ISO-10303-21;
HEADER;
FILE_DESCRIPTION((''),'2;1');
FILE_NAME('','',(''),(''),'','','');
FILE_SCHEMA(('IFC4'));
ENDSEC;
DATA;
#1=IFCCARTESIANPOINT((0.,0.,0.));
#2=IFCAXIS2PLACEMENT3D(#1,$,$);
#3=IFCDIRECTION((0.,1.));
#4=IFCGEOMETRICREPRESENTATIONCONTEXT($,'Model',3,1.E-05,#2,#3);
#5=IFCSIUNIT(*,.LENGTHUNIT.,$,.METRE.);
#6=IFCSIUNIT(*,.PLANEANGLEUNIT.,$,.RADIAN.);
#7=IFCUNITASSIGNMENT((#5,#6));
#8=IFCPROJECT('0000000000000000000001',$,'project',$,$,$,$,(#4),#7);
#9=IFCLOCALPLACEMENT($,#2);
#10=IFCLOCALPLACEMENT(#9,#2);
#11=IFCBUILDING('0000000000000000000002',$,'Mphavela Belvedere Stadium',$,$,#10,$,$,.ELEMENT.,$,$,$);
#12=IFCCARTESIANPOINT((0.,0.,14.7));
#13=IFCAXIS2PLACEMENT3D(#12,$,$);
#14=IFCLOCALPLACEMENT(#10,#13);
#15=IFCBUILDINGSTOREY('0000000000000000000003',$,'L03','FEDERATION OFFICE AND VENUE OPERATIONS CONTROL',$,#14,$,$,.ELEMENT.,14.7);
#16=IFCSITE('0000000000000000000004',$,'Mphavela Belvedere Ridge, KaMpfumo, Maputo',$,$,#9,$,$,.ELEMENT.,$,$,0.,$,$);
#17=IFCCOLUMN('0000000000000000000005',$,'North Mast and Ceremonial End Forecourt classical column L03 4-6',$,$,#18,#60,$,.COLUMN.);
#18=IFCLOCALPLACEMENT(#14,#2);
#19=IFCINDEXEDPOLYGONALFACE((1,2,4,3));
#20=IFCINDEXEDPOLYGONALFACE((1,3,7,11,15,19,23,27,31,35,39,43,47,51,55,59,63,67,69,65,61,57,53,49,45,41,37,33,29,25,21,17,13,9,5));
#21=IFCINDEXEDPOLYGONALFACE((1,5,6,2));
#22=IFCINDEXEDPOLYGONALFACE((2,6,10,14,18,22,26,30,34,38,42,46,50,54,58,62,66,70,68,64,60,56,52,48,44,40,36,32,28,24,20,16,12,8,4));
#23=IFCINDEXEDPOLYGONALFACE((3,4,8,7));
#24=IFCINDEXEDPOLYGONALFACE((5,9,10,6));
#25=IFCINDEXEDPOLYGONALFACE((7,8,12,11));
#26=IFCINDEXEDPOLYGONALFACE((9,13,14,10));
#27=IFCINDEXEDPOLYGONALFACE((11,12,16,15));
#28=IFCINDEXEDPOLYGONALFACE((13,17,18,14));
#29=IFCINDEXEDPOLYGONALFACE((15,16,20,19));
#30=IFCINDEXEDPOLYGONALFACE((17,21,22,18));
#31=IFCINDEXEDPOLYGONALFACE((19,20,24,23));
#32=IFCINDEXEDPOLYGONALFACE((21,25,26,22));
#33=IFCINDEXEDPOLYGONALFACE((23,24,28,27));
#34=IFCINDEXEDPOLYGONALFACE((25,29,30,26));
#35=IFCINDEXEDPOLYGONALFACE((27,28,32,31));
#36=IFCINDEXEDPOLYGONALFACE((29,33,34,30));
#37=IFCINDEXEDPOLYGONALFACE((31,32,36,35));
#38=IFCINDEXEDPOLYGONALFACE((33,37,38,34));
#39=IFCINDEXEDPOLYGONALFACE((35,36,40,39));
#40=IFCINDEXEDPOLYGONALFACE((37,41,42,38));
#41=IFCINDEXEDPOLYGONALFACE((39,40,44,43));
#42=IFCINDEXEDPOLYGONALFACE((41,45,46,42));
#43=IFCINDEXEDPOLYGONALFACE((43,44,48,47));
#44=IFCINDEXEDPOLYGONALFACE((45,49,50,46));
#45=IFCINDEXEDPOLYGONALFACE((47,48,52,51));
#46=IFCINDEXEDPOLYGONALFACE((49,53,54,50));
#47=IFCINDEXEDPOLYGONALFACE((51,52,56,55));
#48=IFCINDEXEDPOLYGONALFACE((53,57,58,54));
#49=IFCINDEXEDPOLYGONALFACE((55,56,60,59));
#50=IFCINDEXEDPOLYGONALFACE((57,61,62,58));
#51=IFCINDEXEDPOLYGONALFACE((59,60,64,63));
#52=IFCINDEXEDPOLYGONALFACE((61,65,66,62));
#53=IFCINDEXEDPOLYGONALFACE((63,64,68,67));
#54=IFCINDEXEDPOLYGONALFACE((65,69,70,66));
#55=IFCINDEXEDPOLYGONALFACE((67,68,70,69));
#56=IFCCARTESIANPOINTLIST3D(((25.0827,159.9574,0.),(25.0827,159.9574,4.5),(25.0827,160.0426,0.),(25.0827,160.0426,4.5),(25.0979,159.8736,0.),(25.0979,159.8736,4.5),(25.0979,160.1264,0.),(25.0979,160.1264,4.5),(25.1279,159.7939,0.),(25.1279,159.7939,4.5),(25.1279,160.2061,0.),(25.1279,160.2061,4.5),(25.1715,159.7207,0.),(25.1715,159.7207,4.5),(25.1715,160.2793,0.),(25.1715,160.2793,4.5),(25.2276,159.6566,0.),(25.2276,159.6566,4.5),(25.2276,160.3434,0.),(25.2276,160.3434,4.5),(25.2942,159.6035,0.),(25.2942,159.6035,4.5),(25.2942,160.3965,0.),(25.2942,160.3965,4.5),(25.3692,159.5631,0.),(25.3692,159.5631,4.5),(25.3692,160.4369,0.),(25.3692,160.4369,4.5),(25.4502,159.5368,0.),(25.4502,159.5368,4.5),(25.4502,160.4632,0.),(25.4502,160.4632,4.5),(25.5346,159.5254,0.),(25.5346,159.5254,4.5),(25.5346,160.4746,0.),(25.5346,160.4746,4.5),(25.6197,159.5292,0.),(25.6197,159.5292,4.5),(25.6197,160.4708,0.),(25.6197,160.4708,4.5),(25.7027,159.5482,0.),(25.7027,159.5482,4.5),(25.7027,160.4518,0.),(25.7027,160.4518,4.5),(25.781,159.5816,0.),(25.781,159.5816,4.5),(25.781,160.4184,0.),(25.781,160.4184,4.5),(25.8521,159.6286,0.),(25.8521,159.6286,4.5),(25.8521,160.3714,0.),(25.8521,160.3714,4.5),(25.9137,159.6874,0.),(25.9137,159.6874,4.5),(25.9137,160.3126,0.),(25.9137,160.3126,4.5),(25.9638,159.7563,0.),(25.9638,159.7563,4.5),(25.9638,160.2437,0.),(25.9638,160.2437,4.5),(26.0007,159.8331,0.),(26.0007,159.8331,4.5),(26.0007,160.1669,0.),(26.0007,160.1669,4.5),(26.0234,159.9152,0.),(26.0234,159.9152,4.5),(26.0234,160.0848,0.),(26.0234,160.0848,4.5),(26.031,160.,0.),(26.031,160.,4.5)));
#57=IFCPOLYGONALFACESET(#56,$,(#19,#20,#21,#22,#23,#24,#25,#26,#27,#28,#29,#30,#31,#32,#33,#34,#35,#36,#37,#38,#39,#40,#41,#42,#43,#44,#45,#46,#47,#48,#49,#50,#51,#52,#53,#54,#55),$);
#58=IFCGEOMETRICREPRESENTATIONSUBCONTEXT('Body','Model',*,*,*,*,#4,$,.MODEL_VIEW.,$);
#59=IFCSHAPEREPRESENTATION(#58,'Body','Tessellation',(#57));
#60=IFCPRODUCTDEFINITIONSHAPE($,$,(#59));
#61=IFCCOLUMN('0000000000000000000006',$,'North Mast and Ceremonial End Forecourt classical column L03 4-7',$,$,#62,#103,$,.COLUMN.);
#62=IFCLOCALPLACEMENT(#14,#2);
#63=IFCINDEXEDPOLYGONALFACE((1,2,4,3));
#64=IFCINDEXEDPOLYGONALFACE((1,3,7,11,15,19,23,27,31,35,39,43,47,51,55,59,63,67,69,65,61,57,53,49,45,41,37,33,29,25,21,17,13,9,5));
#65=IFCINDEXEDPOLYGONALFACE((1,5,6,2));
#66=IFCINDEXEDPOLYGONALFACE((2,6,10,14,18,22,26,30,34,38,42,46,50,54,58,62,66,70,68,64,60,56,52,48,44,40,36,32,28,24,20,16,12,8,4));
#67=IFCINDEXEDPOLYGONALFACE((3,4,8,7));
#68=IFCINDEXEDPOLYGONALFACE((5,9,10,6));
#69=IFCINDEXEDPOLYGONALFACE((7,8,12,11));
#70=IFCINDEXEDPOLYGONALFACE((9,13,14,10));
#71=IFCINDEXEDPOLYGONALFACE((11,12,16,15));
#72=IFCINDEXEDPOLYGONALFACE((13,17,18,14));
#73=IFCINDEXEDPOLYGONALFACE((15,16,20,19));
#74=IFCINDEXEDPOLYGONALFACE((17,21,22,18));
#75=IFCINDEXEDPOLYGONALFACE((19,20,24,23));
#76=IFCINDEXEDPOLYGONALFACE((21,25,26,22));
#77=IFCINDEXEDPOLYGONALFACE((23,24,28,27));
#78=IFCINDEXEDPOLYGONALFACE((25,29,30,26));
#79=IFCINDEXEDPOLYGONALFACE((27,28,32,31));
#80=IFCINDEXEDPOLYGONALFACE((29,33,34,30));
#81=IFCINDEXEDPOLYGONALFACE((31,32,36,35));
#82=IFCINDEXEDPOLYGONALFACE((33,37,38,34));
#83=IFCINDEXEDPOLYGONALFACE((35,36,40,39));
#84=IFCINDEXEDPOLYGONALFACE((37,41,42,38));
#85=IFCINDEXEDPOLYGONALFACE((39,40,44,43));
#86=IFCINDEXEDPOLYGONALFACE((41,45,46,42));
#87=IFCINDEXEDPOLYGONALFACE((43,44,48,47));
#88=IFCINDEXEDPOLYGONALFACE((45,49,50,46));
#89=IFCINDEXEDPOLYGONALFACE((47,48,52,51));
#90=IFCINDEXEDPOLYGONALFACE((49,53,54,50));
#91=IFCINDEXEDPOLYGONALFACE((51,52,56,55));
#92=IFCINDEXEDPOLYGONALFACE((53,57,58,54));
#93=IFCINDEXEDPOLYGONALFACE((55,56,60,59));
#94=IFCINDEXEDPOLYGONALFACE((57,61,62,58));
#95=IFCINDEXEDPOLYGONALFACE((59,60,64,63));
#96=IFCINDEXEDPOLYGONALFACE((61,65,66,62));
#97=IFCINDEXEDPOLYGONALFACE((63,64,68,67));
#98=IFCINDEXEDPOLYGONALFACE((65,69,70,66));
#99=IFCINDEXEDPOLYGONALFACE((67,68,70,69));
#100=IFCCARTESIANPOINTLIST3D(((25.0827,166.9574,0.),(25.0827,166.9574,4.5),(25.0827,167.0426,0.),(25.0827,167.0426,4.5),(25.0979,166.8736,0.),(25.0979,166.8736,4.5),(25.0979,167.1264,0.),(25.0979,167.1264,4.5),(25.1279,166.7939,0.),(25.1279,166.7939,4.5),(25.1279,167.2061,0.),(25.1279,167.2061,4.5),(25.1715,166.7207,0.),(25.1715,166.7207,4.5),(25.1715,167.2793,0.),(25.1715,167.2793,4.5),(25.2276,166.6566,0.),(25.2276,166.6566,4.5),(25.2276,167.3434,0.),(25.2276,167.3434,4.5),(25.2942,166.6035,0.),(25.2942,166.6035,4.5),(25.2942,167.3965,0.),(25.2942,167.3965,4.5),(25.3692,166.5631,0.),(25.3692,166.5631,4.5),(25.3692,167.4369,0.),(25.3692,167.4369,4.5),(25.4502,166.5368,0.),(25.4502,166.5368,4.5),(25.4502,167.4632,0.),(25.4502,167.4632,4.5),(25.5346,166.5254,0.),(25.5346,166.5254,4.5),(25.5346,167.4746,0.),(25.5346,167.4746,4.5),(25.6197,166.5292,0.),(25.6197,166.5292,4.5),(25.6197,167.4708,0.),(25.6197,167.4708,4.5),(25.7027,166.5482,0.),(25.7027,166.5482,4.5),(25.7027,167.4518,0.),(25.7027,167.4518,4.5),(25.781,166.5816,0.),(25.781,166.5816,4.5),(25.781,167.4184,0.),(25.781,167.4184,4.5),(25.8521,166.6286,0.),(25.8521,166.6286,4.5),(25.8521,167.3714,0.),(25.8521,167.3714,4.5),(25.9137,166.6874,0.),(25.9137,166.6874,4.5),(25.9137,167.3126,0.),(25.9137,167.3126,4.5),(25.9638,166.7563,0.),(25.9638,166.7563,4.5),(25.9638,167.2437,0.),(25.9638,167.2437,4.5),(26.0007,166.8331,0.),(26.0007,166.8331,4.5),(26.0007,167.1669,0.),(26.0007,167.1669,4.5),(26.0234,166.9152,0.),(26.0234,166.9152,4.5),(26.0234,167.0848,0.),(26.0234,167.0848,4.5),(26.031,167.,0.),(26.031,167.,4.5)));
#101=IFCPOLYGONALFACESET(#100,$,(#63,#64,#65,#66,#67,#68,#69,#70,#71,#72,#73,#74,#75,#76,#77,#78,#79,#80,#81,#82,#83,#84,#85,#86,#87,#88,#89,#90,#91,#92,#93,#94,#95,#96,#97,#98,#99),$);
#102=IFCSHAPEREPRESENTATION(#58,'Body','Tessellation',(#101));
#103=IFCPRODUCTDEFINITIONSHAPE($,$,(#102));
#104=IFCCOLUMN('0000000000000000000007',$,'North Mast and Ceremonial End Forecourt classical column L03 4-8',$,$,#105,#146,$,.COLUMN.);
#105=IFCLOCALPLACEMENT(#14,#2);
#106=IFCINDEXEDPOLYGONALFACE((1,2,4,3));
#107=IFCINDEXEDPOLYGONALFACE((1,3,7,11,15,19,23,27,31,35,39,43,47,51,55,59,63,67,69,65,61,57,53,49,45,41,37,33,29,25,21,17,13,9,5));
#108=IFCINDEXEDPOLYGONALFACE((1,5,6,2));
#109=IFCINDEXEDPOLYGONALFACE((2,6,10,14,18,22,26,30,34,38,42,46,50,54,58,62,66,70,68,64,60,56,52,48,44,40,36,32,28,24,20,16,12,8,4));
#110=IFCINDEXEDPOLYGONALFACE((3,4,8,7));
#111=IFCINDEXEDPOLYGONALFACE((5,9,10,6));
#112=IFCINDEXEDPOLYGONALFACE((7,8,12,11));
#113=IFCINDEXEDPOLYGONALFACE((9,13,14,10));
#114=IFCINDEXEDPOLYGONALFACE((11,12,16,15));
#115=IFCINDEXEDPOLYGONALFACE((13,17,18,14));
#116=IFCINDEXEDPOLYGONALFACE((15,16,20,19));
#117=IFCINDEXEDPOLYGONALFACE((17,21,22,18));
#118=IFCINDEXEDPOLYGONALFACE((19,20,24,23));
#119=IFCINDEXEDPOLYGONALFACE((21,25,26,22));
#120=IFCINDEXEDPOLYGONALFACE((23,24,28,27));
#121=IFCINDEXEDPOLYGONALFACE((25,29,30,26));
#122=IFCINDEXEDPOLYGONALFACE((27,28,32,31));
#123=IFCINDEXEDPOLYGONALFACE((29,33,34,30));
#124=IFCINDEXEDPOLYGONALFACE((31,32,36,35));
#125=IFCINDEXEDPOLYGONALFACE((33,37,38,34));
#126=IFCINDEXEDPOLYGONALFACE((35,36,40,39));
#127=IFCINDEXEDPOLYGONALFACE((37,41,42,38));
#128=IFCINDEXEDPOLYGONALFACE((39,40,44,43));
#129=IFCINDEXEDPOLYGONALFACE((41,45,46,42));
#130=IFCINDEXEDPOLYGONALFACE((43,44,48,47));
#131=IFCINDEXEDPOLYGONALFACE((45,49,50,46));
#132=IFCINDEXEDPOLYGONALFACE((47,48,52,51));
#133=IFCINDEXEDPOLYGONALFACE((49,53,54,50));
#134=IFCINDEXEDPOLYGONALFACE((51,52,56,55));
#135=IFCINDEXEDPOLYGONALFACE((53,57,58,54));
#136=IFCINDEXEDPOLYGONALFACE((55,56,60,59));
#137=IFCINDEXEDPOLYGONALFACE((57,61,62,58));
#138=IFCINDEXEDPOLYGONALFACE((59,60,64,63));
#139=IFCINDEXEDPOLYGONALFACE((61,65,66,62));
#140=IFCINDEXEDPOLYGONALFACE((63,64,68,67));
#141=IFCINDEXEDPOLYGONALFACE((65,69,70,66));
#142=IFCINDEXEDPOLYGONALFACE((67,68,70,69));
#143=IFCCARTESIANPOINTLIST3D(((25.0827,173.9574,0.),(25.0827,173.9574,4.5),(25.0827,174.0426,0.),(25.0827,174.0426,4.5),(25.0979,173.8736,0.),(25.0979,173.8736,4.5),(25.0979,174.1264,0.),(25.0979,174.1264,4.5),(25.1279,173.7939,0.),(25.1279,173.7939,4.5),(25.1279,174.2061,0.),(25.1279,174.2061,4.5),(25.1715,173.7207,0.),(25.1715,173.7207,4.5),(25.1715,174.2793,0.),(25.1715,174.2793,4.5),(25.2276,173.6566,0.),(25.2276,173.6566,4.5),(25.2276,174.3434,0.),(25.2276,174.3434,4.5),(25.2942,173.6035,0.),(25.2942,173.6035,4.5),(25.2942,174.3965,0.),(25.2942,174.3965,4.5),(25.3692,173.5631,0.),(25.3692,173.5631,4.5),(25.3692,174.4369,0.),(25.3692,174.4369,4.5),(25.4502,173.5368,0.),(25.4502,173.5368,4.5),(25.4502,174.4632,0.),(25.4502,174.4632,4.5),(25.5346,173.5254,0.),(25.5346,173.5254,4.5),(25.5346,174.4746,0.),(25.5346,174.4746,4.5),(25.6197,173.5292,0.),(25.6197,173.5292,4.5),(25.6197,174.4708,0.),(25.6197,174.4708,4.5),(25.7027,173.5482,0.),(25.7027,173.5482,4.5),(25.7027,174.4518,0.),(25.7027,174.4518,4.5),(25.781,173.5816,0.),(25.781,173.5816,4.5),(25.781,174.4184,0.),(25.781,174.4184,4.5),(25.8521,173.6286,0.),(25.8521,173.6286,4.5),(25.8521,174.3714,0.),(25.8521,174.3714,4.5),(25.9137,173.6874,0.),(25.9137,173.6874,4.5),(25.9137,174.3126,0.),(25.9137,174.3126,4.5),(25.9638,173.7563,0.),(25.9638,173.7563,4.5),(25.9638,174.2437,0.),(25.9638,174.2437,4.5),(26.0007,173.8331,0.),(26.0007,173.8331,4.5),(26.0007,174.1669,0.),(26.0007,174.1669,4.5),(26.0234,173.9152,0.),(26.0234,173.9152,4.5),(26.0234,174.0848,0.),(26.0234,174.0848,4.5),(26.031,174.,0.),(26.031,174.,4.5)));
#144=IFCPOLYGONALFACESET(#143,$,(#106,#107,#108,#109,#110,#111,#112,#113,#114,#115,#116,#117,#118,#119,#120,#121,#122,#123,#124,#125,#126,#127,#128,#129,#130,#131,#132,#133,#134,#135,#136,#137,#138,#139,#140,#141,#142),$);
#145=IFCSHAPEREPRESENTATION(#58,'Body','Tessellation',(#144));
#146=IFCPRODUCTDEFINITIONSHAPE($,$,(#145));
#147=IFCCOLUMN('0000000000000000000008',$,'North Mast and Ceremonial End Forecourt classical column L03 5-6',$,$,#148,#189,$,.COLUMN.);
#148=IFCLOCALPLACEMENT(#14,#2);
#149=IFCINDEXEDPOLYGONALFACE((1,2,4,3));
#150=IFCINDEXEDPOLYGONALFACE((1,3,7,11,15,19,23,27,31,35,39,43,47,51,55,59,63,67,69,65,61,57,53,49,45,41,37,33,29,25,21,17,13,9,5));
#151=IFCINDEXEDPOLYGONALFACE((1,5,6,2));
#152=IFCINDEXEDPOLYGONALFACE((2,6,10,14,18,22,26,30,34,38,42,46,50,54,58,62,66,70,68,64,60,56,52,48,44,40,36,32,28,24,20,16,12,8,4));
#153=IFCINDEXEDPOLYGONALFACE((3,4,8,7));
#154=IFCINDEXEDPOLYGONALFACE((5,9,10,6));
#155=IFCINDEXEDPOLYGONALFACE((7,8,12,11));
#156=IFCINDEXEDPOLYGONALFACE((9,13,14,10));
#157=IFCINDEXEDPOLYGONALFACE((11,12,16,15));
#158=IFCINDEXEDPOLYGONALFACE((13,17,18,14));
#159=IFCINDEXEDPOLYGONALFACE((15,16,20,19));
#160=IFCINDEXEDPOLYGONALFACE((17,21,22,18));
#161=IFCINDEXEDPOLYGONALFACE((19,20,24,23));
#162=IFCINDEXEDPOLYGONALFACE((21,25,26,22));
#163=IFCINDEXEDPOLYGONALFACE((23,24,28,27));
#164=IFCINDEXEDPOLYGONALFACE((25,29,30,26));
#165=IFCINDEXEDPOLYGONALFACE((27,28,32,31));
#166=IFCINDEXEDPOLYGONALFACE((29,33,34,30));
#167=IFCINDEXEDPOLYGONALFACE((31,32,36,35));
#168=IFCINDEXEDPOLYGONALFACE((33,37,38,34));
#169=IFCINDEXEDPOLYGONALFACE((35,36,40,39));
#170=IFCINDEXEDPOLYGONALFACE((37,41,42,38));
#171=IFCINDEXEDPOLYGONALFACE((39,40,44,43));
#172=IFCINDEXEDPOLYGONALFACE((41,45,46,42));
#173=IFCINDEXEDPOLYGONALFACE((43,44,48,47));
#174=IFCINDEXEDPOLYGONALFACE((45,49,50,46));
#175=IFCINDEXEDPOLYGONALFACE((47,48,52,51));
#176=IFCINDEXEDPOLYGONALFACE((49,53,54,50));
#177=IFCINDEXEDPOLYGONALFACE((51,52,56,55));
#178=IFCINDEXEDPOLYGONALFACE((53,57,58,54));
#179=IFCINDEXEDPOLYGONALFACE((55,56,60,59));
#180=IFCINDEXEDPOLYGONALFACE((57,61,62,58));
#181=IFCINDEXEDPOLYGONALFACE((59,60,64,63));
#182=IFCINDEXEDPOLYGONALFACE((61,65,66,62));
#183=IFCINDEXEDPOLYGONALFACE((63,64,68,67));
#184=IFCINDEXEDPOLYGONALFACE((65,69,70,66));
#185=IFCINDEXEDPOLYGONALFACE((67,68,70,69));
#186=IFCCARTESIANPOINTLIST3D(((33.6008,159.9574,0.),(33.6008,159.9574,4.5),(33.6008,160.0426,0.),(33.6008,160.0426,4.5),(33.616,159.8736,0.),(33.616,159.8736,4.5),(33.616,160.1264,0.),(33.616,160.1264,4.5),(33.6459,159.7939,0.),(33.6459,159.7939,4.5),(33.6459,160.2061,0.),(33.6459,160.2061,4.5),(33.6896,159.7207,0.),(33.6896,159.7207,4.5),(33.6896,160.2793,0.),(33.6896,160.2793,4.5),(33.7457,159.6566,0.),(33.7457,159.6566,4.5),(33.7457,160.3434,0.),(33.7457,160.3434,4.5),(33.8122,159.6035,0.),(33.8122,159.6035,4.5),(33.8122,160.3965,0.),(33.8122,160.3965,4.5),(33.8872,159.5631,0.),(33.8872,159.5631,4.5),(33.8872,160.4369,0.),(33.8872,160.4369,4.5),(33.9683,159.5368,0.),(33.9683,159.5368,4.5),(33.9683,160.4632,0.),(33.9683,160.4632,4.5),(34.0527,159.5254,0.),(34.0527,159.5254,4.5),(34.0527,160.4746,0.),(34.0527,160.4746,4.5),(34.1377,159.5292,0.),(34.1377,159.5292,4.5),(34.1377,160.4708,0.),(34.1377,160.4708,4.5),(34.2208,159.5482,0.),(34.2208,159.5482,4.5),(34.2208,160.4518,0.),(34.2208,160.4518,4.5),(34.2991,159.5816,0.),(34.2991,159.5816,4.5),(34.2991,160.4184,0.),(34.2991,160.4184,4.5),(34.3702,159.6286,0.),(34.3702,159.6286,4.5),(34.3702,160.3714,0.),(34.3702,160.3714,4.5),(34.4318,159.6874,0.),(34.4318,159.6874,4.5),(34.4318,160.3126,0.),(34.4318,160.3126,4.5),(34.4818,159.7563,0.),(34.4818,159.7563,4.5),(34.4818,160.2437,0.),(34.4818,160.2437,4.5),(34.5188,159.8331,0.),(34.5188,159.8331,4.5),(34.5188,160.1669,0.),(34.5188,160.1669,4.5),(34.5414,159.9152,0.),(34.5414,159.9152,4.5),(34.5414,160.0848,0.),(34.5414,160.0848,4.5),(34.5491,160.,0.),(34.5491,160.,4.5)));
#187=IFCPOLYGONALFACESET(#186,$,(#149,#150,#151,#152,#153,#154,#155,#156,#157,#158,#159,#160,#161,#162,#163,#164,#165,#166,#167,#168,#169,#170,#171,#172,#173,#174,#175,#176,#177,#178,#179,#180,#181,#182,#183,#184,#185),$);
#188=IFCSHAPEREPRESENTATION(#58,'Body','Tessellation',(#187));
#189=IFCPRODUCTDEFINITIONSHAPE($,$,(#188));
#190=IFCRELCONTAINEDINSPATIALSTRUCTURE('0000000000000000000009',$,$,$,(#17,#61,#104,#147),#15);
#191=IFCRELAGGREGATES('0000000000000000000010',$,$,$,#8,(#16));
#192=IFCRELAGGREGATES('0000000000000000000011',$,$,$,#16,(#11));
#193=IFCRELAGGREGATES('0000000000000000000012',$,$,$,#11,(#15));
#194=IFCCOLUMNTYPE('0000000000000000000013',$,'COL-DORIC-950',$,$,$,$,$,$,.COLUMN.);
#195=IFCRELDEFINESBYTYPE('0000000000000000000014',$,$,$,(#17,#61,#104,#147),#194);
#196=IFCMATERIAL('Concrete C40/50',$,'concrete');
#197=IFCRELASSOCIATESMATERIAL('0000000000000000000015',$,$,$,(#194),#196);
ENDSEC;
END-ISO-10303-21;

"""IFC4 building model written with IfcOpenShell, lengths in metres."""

from ifc_helpers import new_model, si_unit, direction, frame, origin, origin_2d, place, context, subcontext, project, spatial, circle, extrude, material, material_profile, profile_set, type_object, element, save


model = new_model("IFC4")

# Units and contexts
model_context = context("Model", 3, precision=1e-05, world=origin(), true_north=direction((0.0, 1.0)))
body_context = subcontext(model_context, "Body", "Model", "MODEL_VIEW")
ifc_project = project(units=[si_unit("LENGTHUNIT", "METRE"), si_unit("PLANEANGLEUNIT", "RADIAN")], contexts=[model_context])

# Site, building, storey
site_placement = place(None, origin())
site = spatial("IfcSite", under=ifc_project, at=site_placement, Name="Mphavela Belvedere Ridge, KaMpfumo, Maputo", CompositionType="ELEMENT", RefElevation=0.0)
building_placement = place(site_placement, origin())
building = spatial("IfcBuilding", under=site, at=building_placement, Name="Mphavela Belvedere Stadium", CompositionType="ELEMENT")
storey_placement = place(building_placement, frame((0.0, 0.0, 14.7)))
storey = spatial("IfcBuildingStorey", under=building, at=storey_placement, Name="L03", Description="FEDERATION OFFICE AND VENUE OPERATIONS CONTROL", CompositionType="ELEMENT", Elevation=14.7)

# Columns
ifc_material_1 = material(Name="Concrete C40/50", Category="concrete")
ifc_material_profile_1 = material_profile(ifc_material_1, circle(Radius=0.4751, at=origin_2d()), Name="COL D950")
ifc_profile_set_1 = profile_set([ifc_material_profile_1], Name="Concrete C40/50")
column_type = type_object("IfcColumnType", Name="COL-DORIC-950", PredefinedType="COLUMN", material=ifc_profile_set_1)
for number, where, z_axis, x_axis, name in (
    (1, (25.5559, 160.0, 0.0), (0.0, 0.0, 1.0), (1.0, 0.0, 0.0), "North Mast and Ceremonial End Forecourt classical column L03 4-6"),
    (2, (25.5559, 167.0, 0.0), (0.0, 0.0, 1.0), (1.0, 0.0, 0.0), "North Mast and Ceremonial End Forecourt classical column L03 4-7"),
    (3, (25.5559, 174.0, 0.0), (0.0, 0.0, 1.0), (1.0, 0.0, 0.0), "North Mast and Ceremonial End Forecourt classical column L03 4-8"),
    (4, (34.074, 160.0, 0.0), (0.0, 0.0, 1.0), (1.0, 0.0, 0.0), "North Mast and Ceremonial End Forecourt classical column L03 5-6"),
):
    element("IfcColumn", number, at=place(storey_placement, frame(where, z_axis=z_axis, x_axis=x_axis)), inside=storey, type_object=column_type, Name=name, PredefinedType="COLUMN", context=body_context, shape_type="SweptSolid", body=[
        extrude(circle(Radius=0.4751, at=origin_2d()), origin(), (0.0, 0.0, 1.0), 4.5),
    ])

save(model, "model.ifc")
